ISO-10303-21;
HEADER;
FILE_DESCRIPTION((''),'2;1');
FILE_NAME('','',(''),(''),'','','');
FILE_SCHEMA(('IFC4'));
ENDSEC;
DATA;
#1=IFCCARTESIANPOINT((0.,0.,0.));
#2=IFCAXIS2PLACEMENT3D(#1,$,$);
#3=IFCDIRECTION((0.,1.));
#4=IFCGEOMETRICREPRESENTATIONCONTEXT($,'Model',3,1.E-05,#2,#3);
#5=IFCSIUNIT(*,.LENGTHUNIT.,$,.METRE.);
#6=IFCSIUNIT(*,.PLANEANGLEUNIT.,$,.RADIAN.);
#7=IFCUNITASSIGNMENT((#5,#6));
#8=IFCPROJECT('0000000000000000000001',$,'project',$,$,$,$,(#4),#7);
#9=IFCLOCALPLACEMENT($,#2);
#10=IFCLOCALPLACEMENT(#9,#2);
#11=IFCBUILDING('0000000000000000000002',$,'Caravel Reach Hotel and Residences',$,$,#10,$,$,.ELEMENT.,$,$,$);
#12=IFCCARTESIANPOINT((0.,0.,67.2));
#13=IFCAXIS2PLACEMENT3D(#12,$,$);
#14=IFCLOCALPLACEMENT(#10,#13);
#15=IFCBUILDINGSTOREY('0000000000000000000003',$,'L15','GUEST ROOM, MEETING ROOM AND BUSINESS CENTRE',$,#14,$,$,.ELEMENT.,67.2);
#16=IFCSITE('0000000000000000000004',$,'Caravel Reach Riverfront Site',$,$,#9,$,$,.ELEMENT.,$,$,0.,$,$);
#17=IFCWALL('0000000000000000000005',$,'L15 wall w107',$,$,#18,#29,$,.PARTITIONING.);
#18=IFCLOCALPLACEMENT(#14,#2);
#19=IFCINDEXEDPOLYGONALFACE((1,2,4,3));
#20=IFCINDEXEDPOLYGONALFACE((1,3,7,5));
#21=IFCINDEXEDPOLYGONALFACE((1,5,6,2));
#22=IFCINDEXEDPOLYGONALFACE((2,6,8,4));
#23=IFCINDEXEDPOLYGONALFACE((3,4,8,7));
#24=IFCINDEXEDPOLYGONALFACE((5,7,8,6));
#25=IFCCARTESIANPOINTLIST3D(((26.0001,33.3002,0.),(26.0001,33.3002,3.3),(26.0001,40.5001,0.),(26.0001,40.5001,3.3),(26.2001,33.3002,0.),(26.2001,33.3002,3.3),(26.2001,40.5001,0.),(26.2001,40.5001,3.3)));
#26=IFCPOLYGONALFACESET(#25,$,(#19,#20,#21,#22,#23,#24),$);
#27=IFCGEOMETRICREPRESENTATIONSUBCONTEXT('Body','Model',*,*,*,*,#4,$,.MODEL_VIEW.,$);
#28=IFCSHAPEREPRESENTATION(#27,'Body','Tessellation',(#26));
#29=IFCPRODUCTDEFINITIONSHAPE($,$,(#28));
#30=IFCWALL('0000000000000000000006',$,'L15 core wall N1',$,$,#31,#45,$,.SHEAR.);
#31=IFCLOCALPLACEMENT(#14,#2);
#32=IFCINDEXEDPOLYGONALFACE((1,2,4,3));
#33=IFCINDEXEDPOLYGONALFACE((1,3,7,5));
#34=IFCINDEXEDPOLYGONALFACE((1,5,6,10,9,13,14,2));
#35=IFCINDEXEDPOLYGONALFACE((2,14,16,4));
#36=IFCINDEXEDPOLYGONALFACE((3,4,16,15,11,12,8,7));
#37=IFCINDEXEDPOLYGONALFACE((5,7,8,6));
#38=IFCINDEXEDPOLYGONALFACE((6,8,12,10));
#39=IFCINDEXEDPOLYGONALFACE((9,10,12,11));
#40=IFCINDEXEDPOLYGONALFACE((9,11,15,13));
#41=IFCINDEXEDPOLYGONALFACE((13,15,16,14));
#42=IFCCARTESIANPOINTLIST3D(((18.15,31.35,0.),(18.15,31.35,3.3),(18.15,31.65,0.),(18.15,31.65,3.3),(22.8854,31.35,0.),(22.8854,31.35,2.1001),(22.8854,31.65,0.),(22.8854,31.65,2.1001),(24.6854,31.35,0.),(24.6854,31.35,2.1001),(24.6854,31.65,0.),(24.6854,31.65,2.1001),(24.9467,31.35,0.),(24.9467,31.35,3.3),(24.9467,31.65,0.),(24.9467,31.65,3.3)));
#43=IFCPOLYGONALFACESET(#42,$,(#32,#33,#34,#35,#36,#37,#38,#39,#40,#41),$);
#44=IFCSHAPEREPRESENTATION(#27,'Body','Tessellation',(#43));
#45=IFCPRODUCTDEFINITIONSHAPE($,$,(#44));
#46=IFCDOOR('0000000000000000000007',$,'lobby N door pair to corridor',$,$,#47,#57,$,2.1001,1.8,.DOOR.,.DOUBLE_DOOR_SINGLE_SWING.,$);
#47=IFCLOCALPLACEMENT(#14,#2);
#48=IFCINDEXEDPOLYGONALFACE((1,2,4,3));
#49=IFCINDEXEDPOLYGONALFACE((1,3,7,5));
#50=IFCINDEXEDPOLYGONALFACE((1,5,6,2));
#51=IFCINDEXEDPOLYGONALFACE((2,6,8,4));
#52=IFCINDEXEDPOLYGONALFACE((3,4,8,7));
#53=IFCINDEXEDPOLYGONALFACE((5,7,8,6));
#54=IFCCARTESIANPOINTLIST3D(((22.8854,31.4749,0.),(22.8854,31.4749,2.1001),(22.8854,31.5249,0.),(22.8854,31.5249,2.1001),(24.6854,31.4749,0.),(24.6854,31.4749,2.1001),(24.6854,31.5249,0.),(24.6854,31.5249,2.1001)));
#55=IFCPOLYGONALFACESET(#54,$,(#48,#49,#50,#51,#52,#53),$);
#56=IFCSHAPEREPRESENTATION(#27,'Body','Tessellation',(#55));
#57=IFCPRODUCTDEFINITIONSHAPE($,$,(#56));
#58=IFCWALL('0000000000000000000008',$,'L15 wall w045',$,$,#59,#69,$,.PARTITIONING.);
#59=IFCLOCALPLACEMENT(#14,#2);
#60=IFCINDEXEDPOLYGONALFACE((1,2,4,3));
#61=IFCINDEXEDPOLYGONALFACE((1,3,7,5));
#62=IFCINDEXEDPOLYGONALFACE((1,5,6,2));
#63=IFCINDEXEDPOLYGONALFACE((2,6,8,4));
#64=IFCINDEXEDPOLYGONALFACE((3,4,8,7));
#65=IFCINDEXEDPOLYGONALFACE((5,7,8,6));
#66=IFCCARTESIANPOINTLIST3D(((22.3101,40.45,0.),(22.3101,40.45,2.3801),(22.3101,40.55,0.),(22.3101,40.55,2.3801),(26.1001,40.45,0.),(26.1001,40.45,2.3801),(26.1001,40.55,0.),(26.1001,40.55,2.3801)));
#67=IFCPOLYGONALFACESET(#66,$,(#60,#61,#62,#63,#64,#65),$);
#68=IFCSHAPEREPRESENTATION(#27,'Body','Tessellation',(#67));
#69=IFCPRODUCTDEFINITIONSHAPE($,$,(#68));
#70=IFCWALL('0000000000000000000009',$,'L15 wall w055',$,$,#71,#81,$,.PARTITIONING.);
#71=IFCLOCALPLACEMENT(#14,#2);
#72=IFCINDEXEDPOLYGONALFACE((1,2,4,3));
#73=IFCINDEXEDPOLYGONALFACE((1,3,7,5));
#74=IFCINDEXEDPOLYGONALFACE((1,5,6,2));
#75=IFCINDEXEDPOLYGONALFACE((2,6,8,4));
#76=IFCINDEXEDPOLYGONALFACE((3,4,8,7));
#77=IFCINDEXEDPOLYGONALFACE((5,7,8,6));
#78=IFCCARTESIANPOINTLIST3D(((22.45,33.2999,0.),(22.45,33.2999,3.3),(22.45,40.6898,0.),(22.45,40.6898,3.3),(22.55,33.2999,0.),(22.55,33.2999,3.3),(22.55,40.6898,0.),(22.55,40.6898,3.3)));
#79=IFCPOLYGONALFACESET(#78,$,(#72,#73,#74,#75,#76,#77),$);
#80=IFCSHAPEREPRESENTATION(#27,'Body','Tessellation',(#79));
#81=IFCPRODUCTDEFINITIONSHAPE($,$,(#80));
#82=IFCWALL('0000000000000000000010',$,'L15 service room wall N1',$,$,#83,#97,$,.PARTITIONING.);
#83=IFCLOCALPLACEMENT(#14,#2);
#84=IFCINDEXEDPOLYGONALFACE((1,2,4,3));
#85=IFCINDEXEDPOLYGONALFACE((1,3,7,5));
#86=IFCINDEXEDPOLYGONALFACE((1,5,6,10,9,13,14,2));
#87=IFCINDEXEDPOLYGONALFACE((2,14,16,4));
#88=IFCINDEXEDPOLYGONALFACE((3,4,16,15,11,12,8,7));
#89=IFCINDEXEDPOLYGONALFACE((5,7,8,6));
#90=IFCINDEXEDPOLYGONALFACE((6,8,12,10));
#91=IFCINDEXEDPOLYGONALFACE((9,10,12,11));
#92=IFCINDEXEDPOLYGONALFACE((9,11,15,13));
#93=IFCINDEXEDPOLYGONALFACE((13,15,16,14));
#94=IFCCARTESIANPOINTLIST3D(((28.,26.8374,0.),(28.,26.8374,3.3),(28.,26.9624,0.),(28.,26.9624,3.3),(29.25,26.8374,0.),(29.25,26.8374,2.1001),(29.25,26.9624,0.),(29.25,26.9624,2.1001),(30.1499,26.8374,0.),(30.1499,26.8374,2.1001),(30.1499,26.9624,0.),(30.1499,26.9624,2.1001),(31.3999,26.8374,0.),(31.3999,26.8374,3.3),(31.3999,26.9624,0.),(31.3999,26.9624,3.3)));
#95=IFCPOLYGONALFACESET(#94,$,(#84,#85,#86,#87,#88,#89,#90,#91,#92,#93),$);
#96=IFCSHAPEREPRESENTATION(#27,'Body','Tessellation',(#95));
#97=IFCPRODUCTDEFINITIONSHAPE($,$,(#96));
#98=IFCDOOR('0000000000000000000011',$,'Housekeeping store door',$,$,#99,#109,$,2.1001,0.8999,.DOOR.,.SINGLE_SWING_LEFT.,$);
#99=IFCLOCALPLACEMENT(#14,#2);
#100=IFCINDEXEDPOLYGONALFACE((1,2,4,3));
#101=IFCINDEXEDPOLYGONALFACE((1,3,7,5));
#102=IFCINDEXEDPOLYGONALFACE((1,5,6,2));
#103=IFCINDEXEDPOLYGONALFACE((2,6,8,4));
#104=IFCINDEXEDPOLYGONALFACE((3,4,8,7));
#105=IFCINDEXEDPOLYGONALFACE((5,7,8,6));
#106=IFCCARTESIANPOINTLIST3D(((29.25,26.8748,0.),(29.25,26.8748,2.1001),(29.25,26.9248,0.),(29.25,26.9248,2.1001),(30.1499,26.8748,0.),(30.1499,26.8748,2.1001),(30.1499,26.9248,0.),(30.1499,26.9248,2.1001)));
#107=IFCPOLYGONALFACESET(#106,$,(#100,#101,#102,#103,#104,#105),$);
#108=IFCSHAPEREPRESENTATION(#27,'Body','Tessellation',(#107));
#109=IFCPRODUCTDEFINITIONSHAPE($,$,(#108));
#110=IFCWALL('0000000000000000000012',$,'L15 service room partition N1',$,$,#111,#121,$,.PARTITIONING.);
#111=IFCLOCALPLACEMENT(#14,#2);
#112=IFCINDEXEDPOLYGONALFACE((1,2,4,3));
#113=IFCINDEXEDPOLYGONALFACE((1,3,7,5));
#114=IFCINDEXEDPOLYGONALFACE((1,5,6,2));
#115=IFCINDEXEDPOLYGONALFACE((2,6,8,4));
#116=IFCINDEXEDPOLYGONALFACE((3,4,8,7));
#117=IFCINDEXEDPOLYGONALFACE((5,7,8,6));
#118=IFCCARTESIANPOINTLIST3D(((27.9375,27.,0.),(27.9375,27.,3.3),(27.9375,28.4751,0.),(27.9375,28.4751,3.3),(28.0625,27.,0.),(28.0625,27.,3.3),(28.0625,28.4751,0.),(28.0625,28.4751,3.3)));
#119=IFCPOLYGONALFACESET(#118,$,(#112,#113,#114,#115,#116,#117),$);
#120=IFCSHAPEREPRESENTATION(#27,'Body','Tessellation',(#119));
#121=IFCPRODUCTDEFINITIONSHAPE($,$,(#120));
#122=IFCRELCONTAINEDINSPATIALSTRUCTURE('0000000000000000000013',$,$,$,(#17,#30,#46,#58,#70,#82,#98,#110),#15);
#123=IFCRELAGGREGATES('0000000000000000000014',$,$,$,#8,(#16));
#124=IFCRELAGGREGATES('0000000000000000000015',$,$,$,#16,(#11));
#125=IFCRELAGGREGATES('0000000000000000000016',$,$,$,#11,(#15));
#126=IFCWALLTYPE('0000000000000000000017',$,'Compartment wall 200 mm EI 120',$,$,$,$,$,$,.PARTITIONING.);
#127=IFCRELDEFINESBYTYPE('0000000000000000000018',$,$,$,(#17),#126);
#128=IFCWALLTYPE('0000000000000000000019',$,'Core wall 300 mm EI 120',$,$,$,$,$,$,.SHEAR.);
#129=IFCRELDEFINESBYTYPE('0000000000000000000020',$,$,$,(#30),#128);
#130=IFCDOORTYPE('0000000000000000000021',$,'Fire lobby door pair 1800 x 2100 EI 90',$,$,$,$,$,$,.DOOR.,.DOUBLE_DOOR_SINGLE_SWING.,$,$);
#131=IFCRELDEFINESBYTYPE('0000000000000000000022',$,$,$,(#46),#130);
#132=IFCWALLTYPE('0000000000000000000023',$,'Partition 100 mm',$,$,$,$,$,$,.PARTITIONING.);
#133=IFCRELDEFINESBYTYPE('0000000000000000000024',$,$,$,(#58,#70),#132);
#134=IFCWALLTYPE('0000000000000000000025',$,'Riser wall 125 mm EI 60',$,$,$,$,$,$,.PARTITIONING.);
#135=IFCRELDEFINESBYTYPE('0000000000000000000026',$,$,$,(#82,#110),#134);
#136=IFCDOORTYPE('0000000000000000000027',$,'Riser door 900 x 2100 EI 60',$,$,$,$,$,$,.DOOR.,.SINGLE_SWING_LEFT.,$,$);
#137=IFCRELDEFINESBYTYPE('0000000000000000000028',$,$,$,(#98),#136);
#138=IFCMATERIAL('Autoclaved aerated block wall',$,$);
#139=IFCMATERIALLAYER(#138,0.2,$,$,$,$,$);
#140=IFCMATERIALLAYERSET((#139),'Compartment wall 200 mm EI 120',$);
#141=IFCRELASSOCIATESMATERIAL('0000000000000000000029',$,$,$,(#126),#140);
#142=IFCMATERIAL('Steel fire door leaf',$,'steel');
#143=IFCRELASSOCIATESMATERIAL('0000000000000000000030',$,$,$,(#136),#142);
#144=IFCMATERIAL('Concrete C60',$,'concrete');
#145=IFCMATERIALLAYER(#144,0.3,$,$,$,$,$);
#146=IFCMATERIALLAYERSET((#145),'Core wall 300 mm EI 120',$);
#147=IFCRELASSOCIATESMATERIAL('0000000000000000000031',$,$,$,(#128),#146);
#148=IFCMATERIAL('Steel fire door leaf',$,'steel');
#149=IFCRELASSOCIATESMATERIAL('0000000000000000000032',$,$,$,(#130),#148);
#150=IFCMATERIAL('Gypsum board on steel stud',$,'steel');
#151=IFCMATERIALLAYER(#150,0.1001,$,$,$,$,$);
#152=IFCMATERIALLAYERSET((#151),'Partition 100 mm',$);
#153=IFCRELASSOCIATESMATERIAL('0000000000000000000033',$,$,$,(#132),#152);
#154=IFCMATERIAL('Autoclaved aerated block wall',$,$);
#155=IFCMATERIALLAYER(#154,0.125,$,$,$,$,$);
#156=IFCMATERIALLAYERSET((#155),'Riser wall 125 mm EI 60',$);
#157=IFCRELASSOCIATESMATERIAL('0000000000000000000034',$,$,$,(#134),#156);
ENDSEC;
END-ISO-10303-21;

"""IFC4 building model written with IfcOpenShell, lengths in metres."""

from ifc_helpers import new_model, si_unit, direction, frame, frame_2d, origin, place, context, subcontext, project, spatial, rectangle, extrude, material, layer, layer_set, type_object, element, fill, save


model = new_model("IFC4")

# Units and contexts
model_context = context("Model", 3, precision=1e-05, world=origin(), true_north=direction((0.0, 1.0)))
body_context = subcontext(model_context, "Body", "Model", "MODEL_VIEW")
ifc_project = project(units=[si_unit("LENGTHUNIT", "METRE"), si_unit("PLANEANGLEUNIT", "RADIAN")], contexts=[model_context])

# Site, building, storey
site_placement = place(None, origin())
site = spatial("IfcSite", under=ifc_project, at=site_placement, Name="Caravel Reach Riverfront Site", CompositionType="ELEMENT", RefElevation=0.0)
building_placement = place(site_placement, origin())
building = spatial("IfcBuilding", under=site, at=building_placement, Name="Caravel Reach Hotel and Residences", CompositionType="ELEMENT")
storey_placement = place(building_placement, frame((0.0, 0.0, 67.2)))
storey = spatial("IfcBuildingStorey", under=building, at=storey_placement, Name="L15", Description="GUEST ROOM, MEETING ROOM AND BUSINESS CENTRE", CompositionType="ELEMENT", Elevation=67.2)

# Shared definitions
ifc_material_1 = material(Name="Autoclaved aerated block wall")
ifc_layer_1 = layer(ifc_material_1, 0.2)
ifc_layer_set_1 = layer_set([ifc_layer_1], Name="Compartment wall 200 mm EI 120")
wall_type_1 = type_object("IfcWallType", Name="Compartment wall 200 mm EI 120", PredefinedType="PARTITIONING", material=ifc_layer_set_1)
ifc_material_2 = material(Name="Steel fire door leaf", Category="steel")
door_type_1 = type_object("IfcDoorType", Name="Riser door 900 x 2100 EI 60", OperationType="SINGLE_SWING_LEFT", PredefinedType="DOOR", material=ifc_material_2)

# Wall
wall_1_placement = place(storey_placement, frame((26.1001, 33.3, 0.0), z_axis=(0.0, 0.0, 1.0), x_axis=(0.0, 1.0, 0.0)))
element("IfcWall", 1, at=wall_1_placement, inside=storey, type_object=wall_type_1, Name="L15 wall w107", PredefinedType="PARTITIONING", context=body_context, shape_type="SweptSolid", body=[
    extrude(rectangle(XDim=7.2, YDim=0.2, at=frame_2d((3.6001, 0.0))), origin(), (0.0, 0.0, 1.0), 3.3),
])

# Wall, opening, door
ifc_material_3 = material(Name="Concrete C60", Category="concrete")
ifc_layer_2 = layer(ifc_material_3, 0.3)
ifc_layer_set_2 = layer_set([ifc_layer_2], Name="Core wall 300 mm EI 120")
wall_type_2 = type_object("IfcWallType", Name="Core wall 300 mm EI 120", PredefinedType="SHEAR", material=ifc_layer_set_2)
wall_2_placement = place(storey_placement, frame((18.1499, 31.5, 0.0), z_axis=(0.0, 0.0, 1.0), x_axis=(1.0, 0.0, 0.0)))
wall_2 = element("IfcWall", 2, at=wall_2_placement, inside=storey, type_object=wall_type_2, Name="L15 core wall N1", PredefinedType="SHEAR", context=body_context, shape_type="SweptSolid", body=[
    extrude(rectangle(XDim=6.7966, YDim=0.3, at=frame_2d((3.3984, 0.0))), origin(), (0.0, 0.0, 1.0), 3.3),
])
opening_1_placement = place(wall_2_placement, frame((4.7356, 0.0, 0.0)))
opening_1 = element("IfcOpeningElement", 3, at=opening_1_placement, cuts=wall_2, PredefinedType="OPENING", context=body_context, shape_type="SweptSolid", body=[
    extrude(rectangle(XDim=1.8, YDim=2.1001, at=frame_2d((0.8999, 1.05))), frame((0.0, 0.1599, 0.0), z_axis=(0.0, -1.0, 0.0), x_axis=(1.0, 0.0, 0.0)), (0.0, 0.0, 1.0), 0.3201),
])
ifc_material_4 = material(Name="Steel fire door leaf", Category="steel")
door_type_2 = type_object("IfcDoorType", Name="Fire lobby door pair 1800 x 2100 EI 90", OperationType="DOUBLE_DOOR_SINGLE_SWING", PredefinedType="DOOR", material=ifc_material_4)
door_1_placement = place(opening_1_placement, origin())
door_1 = element("IfcDoor", 4, at=door_1_placement, inside=storey, type_object=door_type_2, Name="lobby N door pair to corridor", OperationType="DOUBLE_DOOR_SINGLE_SWING", OverallHeight=2.1001, OverallWidth=1.8, PredefinedType="DOOR", context=body_context, shape_type="SweptSolid", body=[
    extrude(rectangle(XDim=1.8, YDim=2.1001, at=frame_2d((0.8999, 1.05))), frame((0.0, 0.0249, 0.0), z_axis=(0.0, -1.0, 0.0), x_axis=(1.0, 0.0, 0.0)), (0.0, 0.0, 1.0), 0.05),
])
fill(opening_1, door_1)

# Walls
ifc_material_5 = material(Name="Gypsum board on steel stud", Category="steel")
ifc_layer_3 = layer(ifc_material_5, 0.1001)
ifc_layer_set_3 = layer_set([ifc_layer_3], Name="Partition 100 mm")
wall_type_3 = type_object("IfcWallType", Name="Partition 100 mm", PredefinedType="PARTITIONING", material=ifc_layer_set_3)
wall_3_placement = place(storey_placement, frame((22.3101, 40.5, 0.0), z_axis=(0.0, 0.0, 1.0), x_axis=(1.0, 0.0, 0.0)))
element("IfcWall", 5, at=wall_3_placement, inside=storey, type_object=wall_type_3, Name="L15 wall w045", PredefinedType="PARTITIONING", context=body_context, shape_type="SweptSolid", body=[
    extrude(rectangle(XDim=3.79, YDim=0.1001, at=frame_2d((1.895, 0.0))), origin(), (0.0, 0.0, 1.0), 2.3801),
])
wall_4_placement = place(storey_placement, frame((22.5, 33.3, 0.0), z_axis=(0.0, 0.0, 1.0), x_axis=(0.0, 1.0, 0.0)))
element("IfcWall", 6, at=wall_4_placement, inside=storey, type_object=wall_type_3, Name="L15 wall w055", PredefinedType="PARTITIONING", context=body_context, shape_type="SweptSolid", body=[
    extrude(rectangle(XDim=7.3899, YDim=0.1001, at=frame_2d((3.6948, 0.0))), origin(), (0.0, 0.0, 1.0), 3.3),
])

# Wall, opening, door
ifc_material_6 = material(Name="Autoclaved aerated block wall")
ifc_layer_4 = layer(ifc_material_6, 0.125)
ifc_layer_set_4 = layer_set([ifc_layer_4], Name="Riser wall 125 mm EI 60")
wall_type_4 = type_object("IfcWallType", Name="Riser wall 125 mm EI 60", PredefinedType="PARTITIONING", material=ifc_layer_set_4)
wall_5_placement = place(storey_placement, frame((28.0, 26.8999, 0.0), z_axis=(0.0, 0.0, 1.0), x_axis=(1.0, 0.0, 0.0)))
wall_5 = element("IfcWall", 7, at=wall_5_placement, inside=storey, type_object=wall_type_4, Name="L15 service room wall N1", PredefinedType="PARTITIONING", context=body_context, shape_type="SweptSolid", body=[
    extrude(rectangle(XDim=3.3999, YDim=0.125, at=frame_2d((1.7, 0.0))), origin(), (0.0, 0.0, 1.0), 3.3),
])
opening_2_placement = place(wall_5_placement, frame((1.25, 0.0, 0.0)))
opening_2 = element("IfcOpeningElement", 8, at=opening_2_placement, cuts=wall_5, PredefinedType="OPENING", context=body_context, shape_type="SweptSolid", body=[
    extrude(rectangle(XDim=0.8999, YDim=2.1001, at=frame_2d((0.45, 1.05))), frame((0.0, 0.0725, 0.0), z_axis=(0.0, -1.0, 0.0), x_axis=(1.0, 0.0, 0.0)), (0.0, 0.0, 1.0), 0.145),
])
door_2_placement = place(opening_2_placement, origin())
door_2 = element("IfcDoor", 9, at=door_2_placement, inside=storey, type_object=door_type_1, Name="Housekeeping store door", OperationType="SINGLE_SWING_LEFT", OverallHeight=2.1001, OverallWidth=0.8999, PredefinedType="DOOR", context=body_context, shape_type="SweptSolid", body=[
    extrude(rectangle(XDim=0.8999, YDim=2.1001, at=frame_2d((0.45, 1.05))), frame((0.0, 0.0249, 0.0), z_axis=(0.0, -1.0, 0.0), x_axis=(1.0, 0.0, 0.0)), (0.0, 0.0, 1.0), 0.05),
])
fill(opening_2, door_2)

# Wall
wall_6_placement = place(storey_placement, frame((28.0, 28.4751, 0.0), z_axis=(0.0, 0.0, 1.0), x_axis=(0.0, -1.0, 0.0)))
element("IfcWall", 10, at=wall_6_placement, inside=storey, type_object=wall_type_4, Name="L15 service room partition N1", PredefinedType="PARTITIONING", context=body_context, shape_type="SweptSolid", body=[
    extrude(rectangle(XDim=1.4751, YDim=0.125, at=frame_2d((0.7375, 0.0))), origin(), (0.0, 0.0, 1.0), 3.3),
])

save(model, "model.ifc")
